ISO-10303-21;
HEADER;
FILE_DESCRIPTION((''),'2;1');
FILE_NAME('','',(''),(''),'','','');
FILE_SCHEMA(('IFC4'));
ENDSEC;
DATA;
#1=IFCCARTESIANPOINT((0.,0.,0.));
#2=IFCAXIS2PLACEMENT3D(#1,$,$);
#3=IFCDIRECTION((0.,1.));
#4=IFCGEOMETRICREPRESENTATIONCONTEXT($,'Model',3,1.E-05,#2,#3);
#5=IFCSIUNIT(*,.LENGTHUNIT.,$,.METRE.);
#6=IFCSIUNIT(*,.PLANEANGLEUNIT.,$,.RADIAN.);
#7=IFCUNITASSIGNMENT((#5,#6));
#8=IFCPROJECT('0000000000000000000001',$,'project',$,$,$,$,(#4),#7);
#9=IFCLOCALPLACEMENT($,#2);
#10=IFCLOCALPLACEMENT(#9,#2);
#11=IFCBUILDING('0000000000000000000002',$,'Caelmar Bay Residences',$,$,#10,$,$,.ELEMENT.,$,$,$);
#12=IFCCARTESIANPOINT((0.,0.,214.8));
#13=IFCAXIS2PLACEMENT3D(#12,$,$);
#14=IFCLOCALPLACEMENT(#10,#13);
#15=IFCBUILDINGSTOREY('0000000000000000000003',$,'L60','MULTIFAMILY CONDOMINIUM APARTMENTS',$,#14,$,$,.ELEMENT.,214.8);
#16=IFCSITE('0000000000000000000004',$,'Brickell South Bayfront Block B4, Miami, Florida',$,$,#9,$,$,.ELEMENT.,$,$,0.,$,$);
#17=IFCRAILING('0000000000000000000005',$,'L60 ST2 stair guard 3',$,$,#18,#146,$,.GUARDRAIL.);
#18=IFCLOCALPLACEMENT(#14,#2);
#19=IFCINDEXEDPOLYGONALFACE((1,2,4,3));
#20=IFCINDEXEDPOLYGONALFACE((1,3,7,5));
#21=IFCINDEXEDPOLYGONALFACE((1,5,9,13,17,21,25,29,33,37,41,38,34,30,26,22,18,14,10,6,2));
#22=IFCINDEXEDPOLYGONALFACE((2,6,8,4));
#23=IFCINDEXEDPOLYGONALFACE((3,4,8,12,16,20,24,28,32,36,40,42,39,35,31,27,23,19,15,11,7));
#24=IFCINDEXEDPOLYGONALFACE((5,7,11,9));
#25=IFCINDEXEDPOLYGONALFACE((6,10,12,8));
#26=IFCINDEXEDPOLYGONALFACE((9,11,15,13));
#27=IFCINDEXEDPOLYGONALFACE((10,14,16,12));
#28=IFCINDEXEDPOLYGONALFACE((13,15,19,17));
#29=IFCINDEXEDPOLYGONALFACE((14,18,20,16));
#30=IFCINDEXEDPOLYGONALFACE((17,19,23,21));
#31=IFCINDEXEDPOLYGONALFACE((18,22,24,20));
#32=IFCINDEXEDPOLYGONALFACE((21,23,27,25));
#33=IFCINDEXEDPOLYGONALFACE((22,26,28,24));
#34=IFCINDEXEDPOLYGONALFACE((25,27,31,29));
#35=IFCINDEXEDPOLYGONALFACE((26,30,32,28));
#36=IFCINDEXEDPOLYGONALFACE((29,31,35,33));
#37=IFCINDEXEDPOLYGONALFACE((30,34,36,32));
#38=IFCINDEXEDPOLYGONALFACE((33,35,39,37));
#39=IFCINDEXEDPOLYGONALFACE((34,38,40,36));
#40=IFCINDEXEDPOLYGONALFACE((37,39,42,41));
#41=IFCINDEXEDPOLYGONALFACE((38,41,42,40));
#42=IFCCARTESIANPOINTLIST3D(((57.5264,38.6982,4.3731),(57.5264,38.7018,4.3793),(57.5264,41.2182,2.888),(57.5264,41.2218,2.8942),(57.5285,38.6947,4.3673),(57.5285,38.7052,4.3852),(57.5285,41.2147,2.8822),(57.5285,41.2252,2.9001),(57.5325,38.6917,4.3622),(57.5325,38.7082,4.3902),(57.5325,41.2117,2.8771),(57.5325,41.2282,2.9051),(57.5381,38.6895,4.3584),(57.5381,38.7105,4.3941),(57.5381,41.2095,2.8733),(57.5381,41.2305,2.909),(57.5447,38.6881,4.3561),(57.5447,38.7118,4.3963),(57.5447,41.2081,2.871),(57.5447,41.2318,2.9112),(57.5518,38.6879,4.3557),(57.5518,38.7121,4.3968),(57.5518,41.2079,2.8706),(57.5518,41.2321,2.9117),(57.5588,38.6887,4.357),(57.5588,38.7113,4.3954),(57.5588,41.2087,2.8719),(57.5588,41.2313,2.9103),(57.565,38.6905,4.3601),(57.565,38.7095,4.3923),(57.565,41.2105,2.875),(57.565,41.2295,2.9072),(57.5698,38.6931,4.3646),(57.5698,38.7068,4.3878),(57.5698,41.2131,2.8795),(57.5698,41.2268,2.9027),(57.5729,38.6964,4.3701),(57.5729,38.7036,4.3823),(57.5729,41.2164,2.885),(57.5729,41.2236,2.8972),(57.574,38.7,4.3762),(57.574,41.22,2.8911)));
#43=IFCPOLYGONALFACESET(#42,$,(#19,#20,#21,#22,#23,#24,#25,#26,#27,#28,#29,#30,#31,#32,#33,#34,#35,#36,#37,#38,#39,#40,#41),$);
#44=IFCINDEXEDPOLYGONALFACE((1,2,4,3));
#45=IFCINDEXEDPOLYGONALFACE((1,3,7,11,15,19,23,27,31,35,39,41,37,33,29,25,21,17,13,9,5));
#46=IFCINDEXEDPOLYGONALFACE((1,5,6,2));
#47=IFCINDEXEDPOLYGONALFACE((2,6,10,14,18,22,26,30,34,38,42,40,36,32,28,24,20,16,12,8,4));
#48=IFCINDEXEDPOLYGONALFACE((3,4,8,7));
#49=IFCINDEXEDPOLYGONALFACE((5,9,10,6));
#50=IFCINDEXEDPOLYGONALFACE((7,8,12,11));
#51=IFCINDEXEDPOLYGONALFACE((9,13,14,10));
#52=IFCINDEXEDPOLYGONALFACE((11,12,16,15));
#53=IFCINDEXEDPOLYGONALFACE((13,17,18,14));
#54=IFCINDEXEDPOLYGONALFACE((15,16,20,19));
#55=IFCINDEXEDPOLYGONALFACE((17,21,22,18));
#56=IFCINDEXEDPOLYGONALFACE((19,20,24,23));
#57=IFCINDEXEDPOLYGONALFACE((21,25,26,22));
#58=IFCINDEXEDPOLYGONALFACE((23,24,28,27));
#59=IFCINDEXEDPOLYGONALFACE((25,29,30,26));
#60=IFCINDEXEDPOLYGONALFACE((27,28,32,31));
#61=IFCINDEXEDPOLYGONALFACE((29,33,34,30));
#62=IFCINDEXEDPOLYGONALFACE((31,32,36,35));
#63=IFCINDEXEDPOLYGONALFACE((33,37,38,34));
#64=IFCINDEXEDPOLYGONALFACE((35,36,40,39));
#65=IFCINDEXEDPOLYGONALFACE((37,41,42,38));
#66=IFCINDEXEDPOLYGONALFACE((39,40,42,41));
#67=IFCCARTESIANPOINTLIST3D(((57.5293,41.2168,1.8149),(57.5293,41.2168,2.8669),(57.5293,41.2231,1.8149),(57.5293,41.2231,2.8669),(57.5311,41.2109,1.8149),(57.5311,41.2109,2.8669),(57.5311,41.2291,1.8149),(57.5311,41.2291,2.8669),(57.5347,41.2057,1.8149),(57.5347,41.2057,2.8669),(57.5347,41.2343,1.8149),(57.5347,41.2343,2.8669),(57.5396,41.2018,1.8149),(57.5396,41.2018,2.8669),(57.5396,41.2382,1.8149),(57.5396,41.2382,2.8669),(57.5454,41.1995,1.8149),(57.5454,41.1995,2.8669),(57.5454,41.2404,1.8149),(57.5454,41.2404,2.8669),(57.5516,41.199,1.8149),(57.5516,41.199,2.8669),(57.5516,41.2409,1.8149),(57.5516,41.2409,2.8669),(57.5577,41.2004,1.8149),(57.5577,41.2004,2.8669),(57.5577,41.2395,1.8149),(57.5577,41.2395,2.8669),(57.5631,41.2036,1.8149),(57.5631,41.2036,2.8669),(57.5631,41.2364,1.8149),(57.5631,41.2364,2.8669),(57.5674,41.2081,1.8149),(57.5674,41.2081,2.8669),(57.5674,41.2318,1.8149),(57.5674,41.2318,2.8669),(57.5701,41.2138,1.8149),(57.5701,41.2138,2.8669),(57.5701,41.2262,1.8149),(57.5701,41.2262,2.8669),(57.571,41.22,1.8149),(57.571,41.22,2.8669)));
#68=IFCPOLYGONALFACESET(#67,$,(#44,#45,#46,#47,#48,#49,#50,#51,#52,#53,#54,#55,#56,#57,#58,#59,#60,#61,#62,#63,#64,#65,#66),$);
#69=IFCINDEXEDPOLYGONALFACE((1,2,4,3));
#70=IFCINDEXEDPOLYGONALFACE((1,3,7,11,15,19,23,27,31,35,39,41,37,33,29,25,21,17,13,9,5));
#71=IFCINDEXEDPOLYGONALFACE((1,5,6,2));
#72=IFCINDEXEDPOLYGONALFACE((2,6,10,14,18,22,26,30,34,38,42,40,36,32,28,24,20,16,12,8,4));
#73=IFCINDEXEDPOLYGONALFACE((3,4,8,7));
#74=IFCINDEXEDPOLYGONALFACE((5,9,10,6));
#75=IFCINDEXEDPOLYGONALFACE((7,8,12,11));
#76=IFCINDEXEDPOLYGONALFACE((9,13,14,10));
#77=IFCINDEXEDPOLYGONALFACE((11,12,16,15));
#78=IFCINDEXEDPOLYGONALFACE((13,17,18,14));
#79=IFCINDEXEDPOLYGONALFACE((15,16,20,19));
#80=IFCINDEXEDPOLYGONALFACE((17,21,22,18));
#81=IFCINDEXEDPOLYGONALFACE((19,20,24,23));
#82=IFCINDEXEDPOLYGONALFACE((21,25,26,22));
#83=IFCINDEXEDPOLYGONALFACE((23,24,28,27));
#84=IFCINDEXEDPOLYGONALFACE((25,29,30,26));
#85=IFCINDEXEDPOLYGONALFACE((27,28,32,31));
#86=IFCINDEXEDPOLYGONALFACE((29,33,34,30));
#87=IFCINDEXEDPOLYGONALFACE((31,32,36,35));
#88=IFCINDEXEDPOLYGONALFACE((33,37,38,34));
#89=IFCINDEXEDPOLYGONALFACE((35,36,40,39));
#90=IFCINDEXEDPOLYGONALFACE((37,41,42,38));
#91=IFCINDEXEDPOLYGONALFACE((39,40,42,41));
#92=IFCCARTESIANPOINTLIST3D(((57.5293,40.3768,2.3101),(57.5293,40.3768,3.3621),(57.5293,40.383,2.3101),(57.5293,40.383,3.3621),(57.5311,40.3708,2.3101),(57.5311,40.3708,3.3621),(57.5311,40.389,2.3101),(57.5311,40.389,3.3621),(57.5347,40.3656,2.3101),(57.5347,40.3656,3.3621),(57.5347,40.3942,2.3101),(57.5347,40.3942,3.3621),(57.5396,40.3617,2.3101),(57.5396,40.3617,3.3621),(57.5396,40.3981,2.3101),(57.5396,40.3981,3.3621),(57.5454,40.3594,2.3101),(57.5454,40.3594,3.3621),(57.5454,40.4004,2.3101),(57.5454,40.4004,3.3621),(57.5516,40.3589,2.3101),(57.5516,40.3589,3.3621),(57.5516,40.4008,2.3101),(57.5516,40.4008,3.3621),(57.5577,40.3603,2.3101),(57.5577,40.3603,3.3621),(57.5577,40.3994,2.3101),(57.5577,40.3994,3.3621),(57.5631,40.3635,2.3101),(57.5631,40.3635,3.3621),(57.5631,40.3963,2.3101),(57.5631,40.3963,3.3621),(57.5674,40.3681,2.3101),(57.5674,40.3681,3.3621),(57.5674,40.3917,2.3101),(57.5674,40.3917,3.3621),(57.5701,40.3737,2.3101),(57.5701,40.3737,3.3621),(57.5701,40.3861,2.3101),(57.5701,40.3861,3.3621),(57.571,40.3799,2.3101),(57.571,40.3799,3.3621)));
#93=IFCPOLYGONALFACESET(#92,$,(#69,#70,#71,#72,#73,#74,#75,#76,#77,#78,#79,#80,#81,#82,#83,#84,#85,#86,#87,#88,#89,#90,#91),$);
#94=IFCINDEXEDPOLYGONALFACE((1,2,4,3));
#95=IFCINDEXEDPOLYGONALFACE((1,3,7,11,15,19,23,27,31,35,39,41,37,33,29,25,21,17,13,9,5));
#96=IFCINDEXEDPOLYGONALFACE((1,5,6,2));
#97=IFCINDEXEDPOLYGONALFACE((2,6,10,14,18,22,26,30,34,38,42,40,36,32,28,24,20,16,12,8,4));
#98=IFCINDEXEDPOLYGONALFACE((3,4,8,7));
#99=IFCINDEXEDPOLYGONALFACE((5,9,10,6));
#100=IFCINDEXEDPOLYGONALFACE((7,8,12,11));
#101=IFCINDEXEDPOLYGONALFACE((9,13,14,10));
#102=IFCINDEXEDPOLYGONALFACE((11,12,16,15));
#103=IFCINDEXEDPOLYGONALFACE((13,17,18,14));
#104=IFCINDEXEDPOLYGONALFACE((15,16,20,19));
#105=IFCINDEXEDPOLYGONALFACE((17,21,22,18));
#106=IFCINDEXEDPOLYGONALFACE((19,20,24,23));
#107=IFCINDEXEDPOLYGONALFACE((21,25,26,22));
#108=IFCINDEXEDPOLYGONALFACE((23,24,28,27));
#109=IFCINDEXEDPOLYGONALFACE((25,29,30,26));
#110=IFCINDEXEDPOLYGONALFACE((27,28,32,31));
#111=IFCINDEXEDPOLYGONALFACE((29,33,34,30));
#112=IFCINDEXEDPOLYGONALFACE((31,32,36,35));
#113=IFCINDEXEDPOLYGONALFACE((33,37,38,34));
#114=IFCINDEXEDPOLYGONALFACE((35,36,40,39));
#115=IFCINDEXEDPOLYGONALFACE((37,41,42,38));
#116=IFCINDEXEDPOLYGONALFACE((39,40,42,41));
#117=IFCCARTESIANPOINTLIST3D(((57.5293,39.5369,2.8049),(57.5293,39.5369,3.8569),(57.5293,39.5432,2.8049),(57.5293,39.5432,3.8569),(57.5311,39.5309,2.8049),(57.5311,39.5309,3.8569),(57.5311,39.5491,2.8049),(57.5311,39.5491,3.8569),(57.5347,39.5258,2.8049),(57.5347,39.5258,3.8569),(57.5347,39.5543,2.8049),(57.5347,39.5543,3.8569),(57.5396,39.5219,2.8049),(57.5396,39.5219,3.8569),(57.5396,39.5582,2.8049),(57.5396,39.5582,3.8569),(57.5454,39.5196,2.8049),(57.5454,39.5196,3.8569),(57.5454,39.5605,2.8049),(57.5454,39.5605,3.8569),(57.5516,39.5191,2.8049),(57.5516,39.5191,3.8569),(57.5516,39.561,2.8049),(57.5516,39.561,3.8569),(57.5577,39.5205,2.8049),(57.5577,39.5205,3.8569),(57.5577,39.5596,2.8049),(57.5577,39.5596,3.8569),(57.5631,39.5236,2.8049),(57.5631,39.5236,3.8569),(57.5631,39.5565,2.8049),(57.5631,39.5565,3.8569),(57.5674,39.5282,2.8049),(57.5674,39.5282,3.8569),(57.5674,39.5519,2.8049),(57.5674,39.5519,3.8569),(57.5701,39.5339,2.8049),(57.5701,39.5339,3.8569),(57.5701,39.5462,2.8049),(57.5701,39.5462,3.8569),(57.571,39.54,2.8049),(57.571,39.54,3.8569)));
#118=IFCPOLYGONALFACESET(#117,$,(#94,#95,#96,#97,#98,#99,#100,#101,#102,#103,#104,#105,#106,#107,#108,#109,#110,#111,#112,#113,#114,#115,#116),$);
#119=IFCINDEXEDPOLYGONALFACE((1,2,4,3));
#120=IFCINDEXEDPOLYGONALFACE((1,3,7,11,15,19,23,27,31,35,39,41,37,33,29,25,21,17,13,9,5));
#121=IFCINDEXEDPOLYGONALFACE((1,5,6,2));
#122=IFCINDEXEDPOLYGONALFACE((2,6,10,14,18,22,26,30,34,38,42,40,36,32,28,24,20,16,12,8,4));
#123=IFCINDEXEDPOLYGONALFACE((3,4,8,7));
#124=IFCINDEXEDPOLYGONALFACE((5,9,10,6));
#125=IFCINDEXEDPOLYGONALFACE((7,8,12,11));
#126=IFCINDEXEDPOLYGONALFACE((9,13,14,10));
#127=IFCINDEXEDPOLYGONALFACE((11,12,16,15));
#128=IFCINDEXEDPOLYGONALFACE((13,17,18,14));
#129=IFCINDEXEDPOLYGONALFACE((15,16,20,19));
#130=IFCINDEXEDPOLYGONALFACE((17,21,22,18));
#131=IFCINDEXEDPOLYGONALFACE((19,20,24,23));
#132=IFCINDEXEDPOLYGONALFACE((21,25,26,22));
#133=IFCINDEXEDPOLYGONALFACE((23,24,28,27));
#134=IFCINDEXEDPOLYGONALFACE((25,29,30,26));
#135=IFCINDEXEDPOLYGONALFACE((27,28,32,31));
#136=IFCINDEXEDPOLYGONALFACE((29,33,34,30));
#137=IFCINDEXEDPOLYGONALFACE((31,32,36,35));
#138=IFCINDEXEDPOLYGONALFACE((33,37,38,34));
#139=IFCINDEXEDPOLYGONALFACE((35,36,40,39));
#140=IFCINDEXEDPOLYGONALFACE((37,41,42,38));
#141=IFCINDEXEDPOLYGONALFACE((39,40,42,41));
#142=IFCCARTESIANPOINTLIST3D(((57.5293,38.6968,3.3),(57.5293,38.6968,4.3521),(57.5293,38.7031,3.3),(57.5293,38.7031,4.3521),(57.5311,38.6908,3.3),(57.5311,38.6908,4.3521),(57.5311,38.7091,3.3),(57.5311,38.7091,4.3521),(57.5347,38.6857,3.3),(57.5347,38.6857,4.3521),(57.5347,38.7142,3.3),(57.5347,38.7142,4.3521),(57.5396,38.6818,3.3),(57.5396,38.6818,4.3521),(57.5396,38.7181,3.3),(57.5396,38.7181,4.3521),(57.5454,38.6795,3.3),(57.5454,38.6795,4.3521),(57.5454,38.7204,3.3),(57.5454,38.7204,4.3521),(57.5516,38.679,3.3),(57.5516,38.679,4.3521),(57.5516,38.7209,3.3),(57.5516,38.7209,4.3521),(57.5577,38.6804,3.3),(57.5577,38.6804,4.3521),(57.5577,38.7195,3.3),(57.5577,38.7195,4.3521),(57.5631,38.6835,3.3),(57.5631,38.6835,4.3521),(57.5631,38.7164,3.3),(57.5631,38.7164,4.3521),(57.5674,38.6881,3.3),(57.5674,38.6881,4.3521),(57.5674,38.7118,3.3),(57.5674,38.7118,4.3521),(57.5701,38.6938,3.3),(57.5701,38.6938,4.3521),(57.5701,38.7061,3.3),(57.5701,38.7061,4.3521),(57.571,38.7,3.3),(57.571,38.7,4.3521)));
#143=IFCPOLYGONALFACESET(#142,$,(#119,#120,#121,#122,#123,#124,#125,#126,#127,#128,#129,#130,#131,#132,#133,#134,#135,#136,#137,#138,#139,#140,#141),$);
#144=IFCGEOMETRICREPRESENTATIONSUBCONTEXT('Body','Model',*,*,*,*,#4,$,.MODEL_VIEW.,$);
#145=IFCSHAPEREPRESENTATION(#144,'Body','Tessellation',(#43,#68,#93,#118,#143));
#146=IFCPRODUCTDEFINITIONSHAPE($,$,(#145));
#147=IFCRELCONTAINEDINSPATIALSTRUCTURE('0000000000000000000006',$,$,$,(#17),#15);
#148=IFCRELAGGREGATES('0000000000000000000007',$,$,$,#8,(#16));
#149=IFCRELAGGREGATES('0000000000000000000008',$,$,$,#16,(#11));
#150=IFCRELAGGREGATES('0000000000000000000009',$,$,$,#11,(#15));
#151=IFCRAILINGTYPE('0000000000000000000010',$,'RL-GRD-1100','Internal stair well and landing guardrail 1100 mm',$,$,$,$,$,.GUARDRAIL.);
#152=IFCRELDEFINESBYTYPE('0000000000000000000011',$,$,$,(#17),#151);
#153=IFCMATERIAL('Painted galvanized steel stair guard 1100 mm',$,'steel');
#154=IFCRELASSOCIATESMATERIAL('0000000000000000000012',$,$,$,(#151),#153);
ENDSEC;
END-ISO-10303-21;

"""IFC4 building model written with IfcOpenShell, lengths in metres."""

from ifc_helpers import new_model, si_unit, direction, frame, origin, origin_2d, place, context, subcontext, project, spatial, circle, extrude, material, type_object, element, save


model = new_model("IFC4")

# Units and contexts
model_context = context("Model", 3, precision=1e-05, world=origin(), true_north=direction((0.0, 1.0)))
body_context = subcontext(model_context, "Body", "Model", "MODEL_VIEW")
ifc_project = project(units=[si_unit("LENGTHUNIT", "METRE"), si_unit("PLANEANGLEUNIT", "RADIAN")], contexts=[model_context])

# Site, building, storey
site_placement = place(None, origin())
site = spatial("IfcSite", under=ifc_project, at=site_placement, Name="Brickell South Bayfront Block B4, Miami, Florida", CompositionType="ELEMENT", RefElevation=0.0)
building_placement = place(site_placement, origin())
building = spatial("IfcBuilding", under=site, at=building_placement, Name="Caelmar Bay Residences", CompositionType="ELEMENT")
storey_placement = place(building_placement, frame((0.0, 0.0, 214.8)))
storey = spatial("IfcBuildingStorey", under=building, at=storey_placement, Name="L60", Description="MULTIFAMILY CONDOMINIUM APARTMENTS", CompositionType="ELEMENT", Elevation=214.8)

# Railing
ifc_material_1 = material(Name="Painted galvanized steel stair guard 1100 mm", Category="steel")
railing_type_1 = type_object("IfcRailingType", Name="RL-GRD-1100", Description="Internal stair well and landing guardrail 1100 mm", PredefinedType="GUARDRAIL", material=ifc_material_1)
railing_1_placement = place(storey_placement, frame((57.55, 41.22, 1.8149)))
element("IfcRailing", 1, at=railing_1_placement, inside=storey, type_object=railing_type_1, Name="L60 ST2 stair guard 3", PredefinedType="GUARDRAIL", context=body_context, shape_type="SweptSolid", body=[
    extrude(circle(Radius=0.0239, at=origin_2d()), frame((0.0, 0.0, 1.0762), z_axis=(0.0, -0.861524, 0.507717), x_axis=(1.0, 0.0, 0.0)), (0.0, 0.0, 1.0), 2.925),
    extrude(circle(Radius=0.021, at=origin_2d()), origin(), (0.0, 0.0, 1.0), 1.052),
    extrude(circle(Radius=0.021, at=origin_2d()), frame((0.0, -0.8401, 0.4951)), (0.0, 0.0, 1.0), 1.052),
    extrude(circle(Radius=0.021, at=origin_2d()), frame((0.0, -1.6799, 0.99)), (0.0, 0.0, 1.0), 1.052),
    extrude(circle(Radius=0.021, at=origin_2d()), frame((0.0, -2.52, 1.4851)), (0.0, 0.0, 1.0), 1.052),
])

save(model, "model.ifc")
